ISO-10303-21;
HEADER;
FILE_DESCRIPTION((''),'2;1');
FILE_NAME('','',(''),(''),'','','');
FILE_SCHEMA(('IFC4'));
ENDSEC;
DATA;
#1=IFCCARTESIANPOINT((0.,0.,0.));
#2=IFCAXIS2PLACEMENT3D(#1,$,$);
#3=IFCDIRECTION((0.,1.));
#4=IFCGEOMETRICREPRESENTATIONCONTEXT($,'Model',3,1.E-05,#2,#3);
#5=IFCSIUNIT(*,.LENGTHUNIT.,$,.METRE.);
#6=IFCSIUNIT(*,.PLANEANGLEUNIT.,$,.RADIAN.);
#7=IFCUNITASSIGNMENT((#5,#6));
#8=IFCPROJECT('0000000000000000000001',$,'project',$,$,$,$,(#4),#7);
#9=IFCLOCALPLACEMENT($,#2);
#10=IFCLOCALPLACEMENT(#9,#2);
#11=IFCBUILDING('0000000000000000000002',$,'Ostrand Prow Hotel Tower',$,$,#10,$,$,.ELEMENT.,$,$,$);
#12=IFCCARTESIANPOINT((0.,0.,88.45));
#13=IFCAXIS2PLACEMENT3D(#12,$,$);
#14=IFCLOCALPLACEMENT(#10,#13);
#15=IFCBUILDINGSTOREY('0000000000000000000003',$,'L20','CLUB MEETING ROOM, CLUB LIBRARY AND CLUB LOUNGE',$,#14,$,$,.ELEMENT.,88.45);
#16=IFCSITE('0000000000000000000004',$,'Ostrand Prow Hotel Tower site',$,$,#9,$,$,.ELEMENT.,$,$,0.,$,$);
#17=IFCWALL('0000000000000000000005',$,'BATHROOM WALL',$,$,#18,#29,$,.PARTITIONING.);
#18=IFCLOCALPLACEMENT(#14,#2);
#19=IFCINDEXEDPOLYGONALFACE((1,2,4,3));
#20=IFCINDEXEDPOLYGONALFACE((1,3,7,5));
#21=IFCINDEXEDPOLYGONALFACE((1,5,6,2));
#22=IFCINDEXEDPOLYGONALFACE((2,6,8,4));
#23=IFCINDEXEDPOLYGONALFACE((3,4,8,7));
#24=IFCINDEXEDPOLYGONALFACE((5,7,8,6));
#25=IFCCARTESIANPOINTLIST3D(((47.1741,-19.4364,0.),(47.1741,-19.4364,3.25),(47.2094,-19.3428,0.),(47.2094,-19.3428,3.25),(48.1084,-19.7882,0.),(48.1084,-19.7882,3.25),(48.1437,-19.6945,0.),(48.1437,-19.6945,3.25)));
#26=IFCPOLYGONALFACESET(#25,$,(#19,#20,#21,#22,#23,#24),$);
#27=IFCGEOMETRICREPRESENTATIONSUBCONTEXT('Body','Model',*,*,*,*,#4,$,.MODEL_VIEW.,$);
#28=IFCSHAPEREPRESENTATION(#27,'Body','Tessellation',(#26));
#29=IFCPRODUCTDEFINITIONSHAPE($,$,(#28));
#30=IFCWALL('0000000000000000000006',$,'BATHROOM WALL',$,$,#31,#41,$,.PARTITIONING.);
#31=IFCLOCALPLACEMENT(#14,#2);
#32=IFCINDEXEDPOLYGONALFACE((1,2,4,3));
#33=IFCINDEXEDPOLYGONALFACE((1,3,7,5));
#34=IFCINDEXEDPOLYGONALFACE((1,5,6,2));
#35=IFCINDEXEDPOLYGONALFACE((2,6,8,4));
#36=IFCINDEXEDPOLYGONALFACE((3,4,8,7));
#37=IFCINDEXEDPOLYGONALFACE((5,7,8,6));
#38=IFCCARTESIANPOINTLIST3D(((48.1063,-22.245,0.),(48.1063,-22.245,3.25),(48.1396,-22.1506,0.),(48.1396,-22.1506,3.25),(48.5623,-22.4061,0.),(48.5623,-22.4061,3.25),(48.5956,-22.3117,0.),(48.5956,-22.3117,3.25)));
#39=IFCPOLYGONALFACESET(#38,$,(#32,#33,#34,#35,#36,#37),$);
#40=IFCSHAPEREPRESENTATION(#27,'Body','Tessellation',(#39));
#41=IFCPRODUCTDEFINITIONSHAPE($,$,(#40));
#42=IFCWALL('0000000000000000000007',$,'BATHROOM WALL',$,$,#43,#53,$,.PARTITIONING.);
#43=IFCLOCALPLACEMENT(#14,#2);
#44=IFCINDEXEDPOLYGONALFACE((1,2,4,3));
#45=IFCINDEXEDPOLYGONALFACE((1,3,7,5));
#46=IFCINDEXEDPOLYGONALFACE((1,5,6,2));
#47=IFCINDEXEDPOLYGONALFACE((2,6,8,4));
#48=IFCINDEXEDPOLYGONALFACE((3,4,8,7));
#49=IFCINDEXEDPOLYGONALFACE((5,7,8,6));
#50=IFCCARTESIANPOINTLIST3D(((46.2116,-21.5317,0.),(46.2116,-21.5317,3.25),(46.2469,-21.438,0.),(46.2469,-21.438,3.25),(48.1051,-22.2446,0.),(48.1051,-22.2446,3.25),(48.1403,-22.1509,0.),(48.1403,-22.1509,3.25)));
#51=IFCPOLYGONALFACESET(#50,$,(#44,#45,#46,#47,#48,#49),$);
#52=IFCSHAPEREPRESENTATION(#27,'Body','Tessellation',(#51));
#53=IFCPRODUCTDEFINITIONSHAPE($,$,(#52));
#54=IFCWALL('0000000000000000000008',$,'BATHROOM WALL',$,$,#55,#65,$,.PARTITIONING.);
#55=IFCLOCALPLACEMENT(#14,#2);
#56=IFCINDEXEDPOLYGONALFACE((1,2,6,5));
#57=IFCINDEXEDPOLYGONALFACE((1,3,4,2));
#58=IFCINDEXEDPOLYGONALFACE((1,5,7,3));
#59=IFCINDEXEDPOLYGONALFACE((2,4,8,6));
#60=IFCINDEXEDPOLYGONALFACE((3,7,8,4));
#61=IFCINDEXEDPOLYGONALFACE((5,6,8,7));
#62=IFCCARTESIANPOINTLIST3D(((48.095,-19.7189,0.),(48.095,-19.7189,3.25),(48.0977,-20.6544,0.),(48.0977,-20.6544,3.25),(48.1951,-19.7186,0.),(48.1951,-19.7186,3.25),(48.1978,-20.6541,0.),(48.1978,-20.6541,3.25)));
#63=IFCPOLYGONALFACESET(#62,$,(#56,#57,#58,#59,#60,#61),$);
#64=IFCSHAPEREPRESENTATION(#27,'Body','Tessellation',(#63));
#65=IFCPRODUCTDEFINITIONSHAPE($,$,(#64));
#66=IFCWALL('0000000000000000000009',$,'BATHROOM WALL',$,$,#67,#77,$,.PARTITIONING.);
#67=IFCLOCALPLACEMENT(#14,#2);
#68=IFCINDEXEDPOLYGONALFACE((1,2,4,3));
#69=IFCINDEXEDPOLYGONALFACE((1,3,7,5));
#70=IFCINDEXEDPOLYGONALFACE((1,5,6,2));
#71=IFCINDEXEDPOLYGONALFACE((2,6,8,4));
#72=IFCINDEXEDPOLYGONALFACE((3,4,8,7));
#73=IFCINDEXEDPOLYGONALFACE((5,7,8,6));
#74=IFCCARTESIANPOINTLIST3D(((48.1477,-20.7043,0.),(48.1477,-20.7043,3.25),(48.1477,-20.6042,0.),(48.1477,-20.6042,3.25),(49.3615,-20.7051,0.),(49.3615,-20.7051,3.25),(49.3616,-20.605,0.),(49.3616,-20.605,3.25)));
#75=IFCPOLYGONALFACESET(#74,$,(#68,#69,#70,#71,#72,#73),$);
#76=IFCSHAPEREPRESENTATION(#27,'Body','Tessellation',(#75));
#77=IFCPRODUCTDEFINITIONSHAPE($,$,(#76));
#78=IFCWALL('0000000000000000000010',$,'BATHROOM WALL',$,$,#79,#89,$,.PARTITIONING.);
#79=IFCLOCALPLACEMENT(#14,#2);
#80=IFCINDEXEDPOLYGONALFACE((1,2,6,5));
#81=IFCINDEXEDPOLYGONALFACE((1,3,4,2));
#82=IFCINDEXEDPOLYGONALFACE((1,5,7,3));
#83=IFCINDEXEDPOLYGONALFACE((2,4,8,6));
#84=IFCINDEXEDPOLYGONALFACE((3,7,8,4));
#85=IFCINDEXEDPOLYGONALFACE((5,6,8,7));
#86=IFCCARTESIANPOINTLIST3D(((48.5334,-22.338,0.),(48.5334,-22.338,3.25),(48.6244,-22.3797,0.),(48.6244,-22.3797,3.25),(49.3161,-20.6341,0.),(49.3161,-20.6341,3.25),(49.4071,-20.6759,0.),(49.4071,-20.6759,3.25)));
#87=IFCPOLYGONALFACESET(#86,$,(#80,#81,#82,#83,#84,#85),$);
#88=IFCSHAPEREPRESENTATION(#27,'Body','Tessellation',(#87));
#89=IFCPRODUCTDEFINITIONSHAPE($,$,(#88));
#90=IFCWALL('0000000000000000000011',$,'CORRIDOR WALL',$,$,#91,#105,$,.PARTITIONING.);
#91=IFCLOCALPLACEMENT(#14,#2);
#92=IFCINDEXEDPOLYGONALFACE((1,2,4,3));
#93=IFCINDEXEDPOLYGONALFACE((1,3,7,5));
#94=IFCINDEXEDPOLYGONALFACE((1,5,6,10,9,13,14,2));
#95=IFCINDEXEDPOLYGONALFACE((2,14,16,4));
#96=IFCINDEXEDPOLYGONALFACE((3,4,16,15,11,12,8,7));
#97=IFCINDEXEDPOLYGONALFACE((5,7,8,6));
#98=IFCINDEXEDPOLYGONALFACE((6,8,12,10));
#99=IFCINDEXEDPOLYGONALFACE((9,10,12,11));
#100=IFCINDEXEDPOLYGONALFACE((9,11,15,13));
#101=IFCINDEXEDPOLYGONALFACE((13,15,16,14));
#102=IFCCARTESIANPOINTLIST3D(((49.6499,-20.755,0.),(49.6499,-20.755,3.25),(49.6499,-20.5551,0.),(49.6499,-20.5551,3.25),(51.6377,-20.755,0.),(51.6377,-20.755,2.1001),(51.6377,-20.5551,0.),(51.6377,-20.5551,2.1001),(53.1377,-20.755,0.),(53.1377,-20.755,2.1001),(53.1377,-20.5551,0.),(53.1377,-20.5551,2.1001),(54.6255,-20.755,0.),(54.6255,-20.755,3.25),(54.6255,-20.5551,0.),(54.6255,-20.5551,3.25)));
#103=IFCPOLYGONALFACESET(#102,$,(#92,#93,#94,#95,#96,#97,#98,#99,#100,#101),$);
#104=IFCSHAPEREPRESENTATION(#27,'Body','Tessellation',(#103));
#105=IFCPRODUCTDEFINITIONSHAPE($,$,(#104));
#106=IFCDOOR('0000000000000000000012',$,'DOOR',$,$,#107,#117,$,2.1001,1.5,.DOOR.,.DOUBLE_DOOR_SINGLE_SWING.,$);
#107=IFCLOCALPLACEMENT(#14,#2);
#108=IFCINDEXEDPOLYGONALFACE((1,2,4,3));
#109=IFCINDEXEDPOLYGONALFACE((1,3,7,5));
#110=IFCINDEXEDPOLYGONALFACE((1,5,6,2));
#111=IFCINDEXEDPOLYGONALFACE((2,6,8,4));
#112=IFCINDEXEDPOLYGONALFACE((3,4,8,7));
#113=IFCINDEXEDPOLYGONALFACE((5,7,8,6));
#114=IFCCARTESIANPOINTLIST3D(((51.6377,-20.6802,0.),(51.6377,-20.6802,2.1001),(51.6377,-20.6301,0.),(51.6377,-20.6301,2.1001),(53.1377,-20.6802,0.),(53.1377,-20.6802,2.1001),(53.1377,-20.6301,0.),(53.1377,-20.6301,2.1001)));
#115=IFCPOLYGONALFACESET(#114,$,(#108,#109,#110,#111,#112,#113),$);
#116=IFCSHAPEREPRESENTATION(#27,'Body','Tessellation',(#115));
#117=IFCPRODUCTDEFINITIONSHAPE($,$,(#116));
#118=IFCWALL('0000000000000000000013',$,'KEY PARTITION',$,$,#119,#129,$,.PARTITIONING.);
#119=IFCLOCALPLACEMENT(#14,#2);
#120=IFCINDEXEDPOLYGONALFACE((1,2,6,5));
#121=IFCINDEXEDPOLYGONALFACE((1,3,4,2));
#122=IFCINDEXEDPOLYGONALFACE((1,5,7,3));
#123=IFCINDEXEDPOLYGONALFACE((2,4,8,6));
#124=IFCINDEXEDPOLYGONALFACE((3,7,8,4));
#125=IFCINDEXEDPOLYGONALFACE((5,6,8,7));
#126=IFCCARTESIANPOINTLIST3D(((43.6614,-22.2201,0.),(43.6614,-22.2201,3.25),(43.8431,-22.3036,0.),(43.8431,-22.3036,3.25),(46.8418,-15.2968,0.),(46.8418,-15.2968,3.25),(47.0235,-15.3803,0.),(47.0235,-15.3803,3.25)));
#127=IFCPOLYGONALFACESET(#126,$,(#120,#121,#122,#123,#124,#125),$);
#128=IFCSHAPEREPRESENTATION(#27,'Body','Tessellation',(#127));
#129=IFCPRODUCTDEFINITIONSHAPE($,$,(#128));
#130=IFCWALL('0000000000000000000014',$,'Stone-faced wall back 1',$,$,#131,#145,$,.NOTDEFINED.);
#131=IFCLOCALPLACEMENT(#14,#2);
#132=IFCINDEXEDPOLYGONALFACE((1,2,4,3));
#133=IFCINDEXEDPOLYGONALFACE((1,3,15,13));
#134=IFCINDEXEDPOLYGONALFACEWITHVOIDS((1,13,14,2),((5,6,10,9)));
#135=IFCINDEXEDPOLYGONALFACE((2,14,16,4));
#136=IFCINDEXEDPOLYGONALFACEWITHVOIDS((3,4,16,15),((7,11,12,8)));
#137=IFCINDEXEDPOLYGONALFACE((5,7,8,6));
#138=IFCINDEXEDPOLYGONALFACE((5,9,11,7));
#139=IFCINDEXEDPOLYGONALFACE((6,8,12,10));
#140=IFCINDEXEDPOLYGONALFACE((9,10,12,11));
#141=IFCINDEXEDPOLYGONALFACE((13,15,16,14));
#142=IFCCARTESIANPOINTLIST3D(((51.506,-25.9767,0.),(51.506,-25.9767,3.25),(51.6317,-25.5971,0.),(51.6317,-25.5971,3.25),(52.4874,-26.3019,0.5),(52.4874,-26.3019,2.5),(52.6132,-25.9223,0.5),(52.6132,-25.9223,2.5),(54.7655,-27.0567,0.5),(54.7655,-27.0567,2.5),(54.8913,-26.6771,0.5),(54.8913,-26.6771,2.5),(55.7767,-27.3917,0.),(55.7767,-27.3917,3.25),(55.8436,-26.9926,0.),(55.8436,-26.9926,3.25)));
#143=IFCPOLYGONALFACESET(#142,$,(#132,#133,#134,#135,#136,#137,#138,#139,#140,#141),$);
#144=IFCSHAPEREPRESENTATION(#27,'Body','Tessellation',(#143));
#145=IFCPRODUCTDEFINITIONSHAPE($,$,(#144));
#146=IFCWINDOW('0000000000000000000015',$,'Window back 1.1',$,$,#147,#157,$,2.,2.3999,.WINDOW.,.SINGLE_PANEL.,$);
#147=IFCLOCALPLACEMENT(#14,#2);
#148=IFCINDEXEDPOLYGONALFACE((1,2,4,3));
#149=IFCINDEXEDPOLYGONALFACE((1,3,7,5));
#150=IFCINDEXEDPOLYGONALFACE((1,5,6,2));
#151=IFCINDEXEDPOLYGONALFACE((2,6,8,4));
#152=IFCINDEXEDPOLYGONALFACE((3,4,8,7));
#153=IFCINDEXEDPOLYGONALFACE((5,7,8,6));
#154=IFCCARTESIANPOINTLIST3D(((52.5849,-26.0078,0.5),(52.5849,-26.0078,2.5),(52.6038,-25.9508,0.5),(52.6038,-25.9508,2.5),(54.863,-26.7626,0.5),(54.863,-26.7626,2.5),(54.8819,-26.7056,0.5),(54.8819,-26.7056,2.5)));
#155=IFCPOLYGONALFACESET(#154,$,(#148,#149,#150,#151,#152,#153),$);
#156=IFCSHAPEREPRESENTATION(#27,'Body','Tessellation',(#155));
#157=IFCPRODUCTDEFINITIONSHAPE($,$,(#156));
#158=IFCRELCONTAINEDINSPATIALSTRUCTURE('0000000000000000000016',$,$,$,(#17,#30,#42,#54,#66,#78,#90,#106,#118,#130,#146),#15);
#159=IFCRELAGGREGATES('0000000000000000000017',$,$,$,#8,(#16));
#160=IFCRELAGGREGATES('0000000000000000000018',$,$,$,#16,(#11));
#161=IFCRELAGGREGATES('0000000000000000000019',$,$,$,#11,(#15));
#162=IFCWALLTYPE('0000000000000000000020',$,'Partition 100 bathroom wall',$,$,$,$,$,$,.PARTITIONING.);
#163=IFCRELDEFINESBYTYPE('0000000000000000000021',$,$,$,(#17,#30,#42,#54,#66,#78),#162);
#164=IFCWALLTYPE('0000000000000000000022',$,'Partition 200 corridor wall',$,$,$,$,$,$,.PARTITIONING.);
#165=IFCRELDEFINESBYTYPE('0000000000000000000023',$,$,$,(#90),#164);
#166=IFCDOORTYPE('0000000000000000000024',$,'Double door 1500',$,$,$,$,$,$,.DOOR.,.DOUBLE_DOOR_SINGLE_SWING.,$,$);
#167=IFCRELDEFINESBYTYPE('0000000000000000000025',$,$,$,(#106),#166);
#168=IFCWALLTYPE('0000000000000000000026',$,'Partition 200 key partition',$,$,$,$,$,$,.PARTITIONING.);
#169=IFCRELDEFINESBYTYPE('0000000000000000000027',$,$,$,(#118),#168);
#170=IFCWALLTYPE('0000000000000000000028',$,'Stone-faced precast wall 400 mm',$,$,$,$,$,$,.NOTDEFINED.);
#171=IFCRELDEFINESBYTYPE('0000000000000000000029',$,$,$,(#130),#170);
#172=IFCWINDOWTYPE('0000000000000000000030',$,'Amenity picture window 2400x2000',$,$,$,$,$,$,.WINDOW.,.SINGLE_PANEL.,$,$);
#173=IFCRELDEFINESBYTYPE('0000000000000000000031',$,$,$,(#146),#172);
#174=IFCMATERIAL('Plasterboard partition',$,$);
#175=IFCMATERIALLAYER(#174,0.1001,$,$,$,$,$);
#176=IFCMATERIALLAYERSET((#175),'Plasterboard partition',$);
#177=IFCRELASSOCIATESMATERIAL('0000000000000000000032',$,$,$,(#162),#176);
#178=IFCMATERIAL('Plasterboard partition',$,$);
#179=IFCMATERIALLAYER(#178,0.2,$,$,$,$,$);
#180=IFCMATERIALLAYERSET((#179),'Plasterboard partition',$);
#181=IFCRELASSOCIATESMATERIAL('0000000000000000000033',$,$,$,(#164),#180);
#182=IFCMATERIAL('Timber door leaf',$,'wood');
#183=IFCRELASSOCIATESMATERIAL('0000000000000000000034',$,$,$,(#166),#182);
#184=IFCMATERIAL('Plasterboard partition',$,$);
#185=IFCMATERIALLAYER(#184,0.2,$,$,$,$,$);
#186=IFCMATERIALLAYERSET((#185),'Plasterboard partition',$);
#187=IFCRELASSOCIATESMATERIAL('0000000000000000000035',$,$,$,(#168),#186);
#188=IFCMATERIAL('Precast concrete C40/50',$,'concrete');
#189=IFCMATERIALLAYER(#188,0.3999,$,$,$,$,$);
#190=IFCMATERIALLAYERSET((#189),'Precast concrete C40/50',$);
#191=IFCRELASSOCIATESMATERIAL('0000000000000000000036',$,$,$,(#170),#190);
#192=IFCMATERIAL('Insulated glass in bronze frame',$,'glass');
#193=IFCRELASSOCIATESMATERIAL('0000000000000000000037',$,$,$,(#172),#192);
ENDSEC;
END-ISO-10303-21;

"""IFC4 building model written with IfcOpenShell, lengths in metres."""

from ifc_helpers import new_model, si_unit, direction, frame, frame_2d, origin, place, context, subcontext, project, spatial, polyline, rectangle, outline, extrude, material, layer, layer_set, type_object, element, fill, save


model = new_model("IFC4")

# Units and contexts
model_context = context("Model", 3, precision=1e-05, world=origin(), true_north=direction((0.0, 1.0)))
body_context = subcontext(model_context, "Body", "Model", "MODEL_VIEW")
ifc_project = project(units=[si_unit("LENGTHUNIT", "METRE"), si_unit("PLANEANGLEUNIT", "RADIAN")], contexts=[model_context])

# Site, building, storey
site_placement = place(None, origin())
site = spatial("IfcSite", under=ifc_project, at=site_placement, Name="Ostrand Prow Hotel Tower site", CompositionType="ELEMENT", RefElevation=0.0)
building_placement = place(site_placement, origin())
building = spatial("IfcBuilding", under=site, at=building_placement, Name="Ostrand Prow Hotel Tower", CompositionType="ELEMENT")
storey_placement = place(building_placement, frame((0.0, 0.0, 88.45)))
storey = spatial("IfcBuildingStorey", under=building, at=storey_placement, Name="L20", Description="CLUB MEETING ROOM, CLUB LIBRARY AND CLUB LOUNGE", CompositionType="ELEMENT", Elevation=88.45)

# Shared definitions
ifc_material_1 = material(Name="Plasterboard partition")
ifc_layer_1 = layer(ifc_material_1, 0.1001)
ifc_layer_set_1 = layer_set([ifc_layer_1], Name="Plasterboard partition")
wall_type_1 = type_object("IfcWallType", Name="Partition 100 bathroom wall", PredefinedType="PARTITIONING", material=ifc_layer_set_1)

# Walls
wall_1_placement = place(storey_placement, frame((47.1919, -19.3896, 0.0), z_axis=(0.0, 0.0, 1.0), x_axis=(0.935856, -0.352383, 0.0)))
element("IfcWall", 1, at=wall_1_placement, inside=storey, type_object=wall_type_1, Name="BATHROOM WALL", PredefinedType="PARTITIONING", context=body_context, shape_type="SweptSolid", body=[
    extrude(rectangle(XDim=0.9983, YDim=0.1001, at=frame_2d((0.499, 0.0))), origin(), (0.0, 0.0, 1.0), 3.25),
])
wall_2_placement = place(storey_placement, frame((48.5789, -22.3589, 0.0), z_axis=(0.0, 0.0, 1.0), x_axis=(-0.942878, 0.333137, 0.0)))
element("IfcWall", 2, at=wall_2_placement, inside=storey, type_object=wall_type_1, Name="BATHROOM WALL", PredefinedType="PARTITIONING", context=body_context, shape_type="SweptSolid", body=[
    extrude(rectangle(XDim=0.4836, YDim=0.1001, at=frame_2d((0.2417, 0.0))), origin(), (0.0, 0.0, 1.0), 3.25),
])
wall_3_placement = place(storey_placement, frame((48.1228, -22.1978, 0.0), z_axis=(0.0, 0.0, 1.0), x_axis=(-0.935872, 0.35234, 0.0)))
element("IfcWall", 3, at=wall_3_placement, inside=storey, type_object=wall_type_1, Name="BATHROOM WALL", PredefinedType="PARTITIONING", context=body_context, shape_type="SweptSolid", body=[
    extrude(rectangle(XDim=2.0232, YDim=0.1001, at=frame_2d((1.0117, 0.0))), origin(), (0.0, 0.0, 1.0), 3.25),
])
wall_4_placement = place(storey_placement, frame((48.145, -19.7188, 0.0), z_axis=(0.0, 0.0, 1.0), x_axis=(0.002871, -0.999996, 0.0)))
element("IfcWall", 4, at=wall_4_placement, inside=storey, type_object=wall_type_1, Name="BATHROOM WALL", PredefinedType="PARTITIONING", context=body_context, shape_type="SweptSolid", body=[
    extrude(rectangle(XDim=0.9355, YDim=0.1001, at=frame_2d((0.4678, 0.0))), origin(), (0.0, 0.0, 1.0), 3.25),
])
wall_5_placement = place(storey_placement, frame((48.1477, -20.6543, 0.0), z_axis=(0.0, 0.0, 1.0), x_axis=(1.0, -0.000603, 0.0)))
element("IfcWall", 5, at=wall_5_placement, inside=storey, type_object=wall_type_1, Name="BATHROOM WALL", PredefinedType="PARTITIONING", context=body_context, shape_type="SweptSolid", body=[
    extrude(rectangle(XDim=1.2139, YDim=0.1001, at=frame_2d((0.6069, 0.0))), origin(), (0.0, 0.0, 1.0), 3.25),
])
wall_6_placement = place(storey_placement, frame((49.3616, -20.655, 0.0), z_axis=(0.0, 0.0, 1.0), x_axis=(-0.417439, -0.908705, 0.0)))
element("IfcWall", 6, at=wall_6_placement, inside=storey, type_object=wall_type_1, Name="BATHROOM WALL", PredefinedType="PARTITIONING", context=body_context, shape_type="SweptSolid", body=[
    extrude(rectangle(XDim=1.875, YDim=0.1001, at=frame_2d((0.9375, 0.0))), origin(), (0.0, 0.0, 1.0), 3.25),
])

# Wall, opening, door
ifc_material_2 = material(Name="Plasterboard partition")
ifc_layer_2 = layer(ifc_material_2, 0.2)
ifc_layer_set_2 = layer_set([ifc_layer_2], Name="Plasterboard partition")
wall_type_2 = type_object("IfcWallType", Name="Partition 200 corridor wall", PredefinedType="PARTITIONING", material=ifc_layer_set_2)
wall_7_placement = place(storey_placement, frame((49.6499, -20.655, 0.0), z_axis=(0.0, 0.0, 1.0), x_axis=(1.0, 0.0, 0.0)))
wall_7 = element("IfcWall", 7, at=wall_7_placement, inside=storey, type_object=wall_type_2, Name="CORRIDOR WALL", PredefinedType="PARTITIONING", context=body_context, shape_type="SweptSolid", body=[
    extrude(rectangle(XDim=4.9756, YDim=0.2, at=frame_2d((2.4878, 0.0))), origin(), (0.0, 0.0, 1.0), 3.25),
])
opening_1_placement = place(wall_7_placement, frame((1.9878, 0.0, 0.0)))
opening_1 = element("IfcOpeningElement", 8, at=opening_1_placement, cuts=wall_7, PredefinedType="OPENING", context=body_context, shape_type="SweptSolid", body=[
    extrude(rectangle(XDim=1.5, YDim=2.1001, at=frame_2d((0.75, 1.05))), frame((0.0, 0.1099, 0.0), z_axis=(0.0, -1.0, 0.0), x_axis=(1.0, 0.0, 0.0)), (0.0, 0.0, 1.0), 0.22),
])
ifc_material_3 = material(Name="Timber door leaf", Category="wood")
door_type_1 = type_object("IfcDoorType", Name="Double door 1500", OperationType="DOUBLE_DOOR_SINGLE_SWING", PredefinedType="DOOR", material=ifc_material_3)
door_1_placement = place(opening_1_placement, origin())
door_1 = element("IfcDoor", 9, at=door_1_placement, inside=storey, type_object=door_type_1, Name="DOOR", OperationType="DOUBLE_DOOR_SINGLE_SWING", OverallHeight=2.1001, OverallWidth=1.5, PredefinedType="DOOR", context=body_context, shape_type="SweptSolid", body=[
    extrude(rectangle(XDim=1.5, YDim=2.1001, at=frame_2d((0.75, 1.05))), frame((0.0, 0.0249, 0.0), z_axis=(0.0, -1.0, 0.0), x_axis=(1.0, 0.0, 0.0)), (0.0, 0.0, 1.0), 0.05),
])
fill(opening_1, door_1)

# Wall
ifc_material_4 = material(Name="Plasterboard partition")
ifc_layer_3 = layer(ifc_material_4, 0.2)
ifc_layer_set_3 = layer_set([ifc_layer_3], Name="Plasterboard partition")
wall_type_3 = type_object("IfcWallType", Name="Partition 200 key partition", PredefinedType="PARTITIONING", material=ifc_layer_set_3)
wall_8_placement = place(storey_placement, frame((43.7522, -22.262, 0.0), z_axis=(0.0, 0.0, 1.0), x_axis=(0.417438, 0.908705, 0.0)))
element("IfcWall", 10, at=wall_8_placement, inside=storey, type_object=wall_type_3, Name="KEY PARTITION", PredefinedType="PARTITIONING", context=body_context, shape_type="SweptSolid", body=[
    extrude(rectangle(XDim=7.6189, YDim=0.2, at=frame_2d((3.8096, 0.0))), origin(), (0.0, 0.0, 1.0), 3.25),
])

# Wall, opening, window
ifc_material_5 = material(Name="Precast concrete C40/50", Category="concrete")
ifc_layer_4 = layer(ifc_material_5, 0.3999)
ifc_layer_set_4 = layer_set([ifc_layer_4], Name="Precast concrete C40/50")
wall_type_4 = type_object("IfcWallType", Name="Stone-faced precast wall 400 mm", PredefinedType="NOTDEFINED", material=ifc_layer_set_4)
wall_9_placement = place(storey_placement, frame((51.5688, -25.7869, 0.0), z_axis=(0.0, 0.0, 1.0), x_axis=(0.94925, -0.314522, 0.0)))
wall_9 = element("IfcWall", 11, at=wall_9_placement, inside=storey, type_object=wall_type_4, Name="Stone-faced wall back 1", PredefinedType="NOTDEFINED", context=body_context, shape_type="SweptSolid", body=[
    extrude(outline(polyline([(0.0, -0.2), (4.499, -0.2), (4.437, 0.2), (0.0, 0.2), (0.0, -0.2)])), origin(), (0.0, 0.0, 1.0), 3.25),
])
opening_2_placement = place(wall_9_placement, frame((1.0339, 0.0, 0.5)))
opening_2 = element("IfcOpeningElement", 12, at=opening_2_placement, cuts=wall_9, PredefinedType="OPENING", context=body_context, shape_type="SweptSolid", body=[
    extrude(rectangle(XDim=2.3999, YDim=2.0, at=frame_2d((1.2, 1.0))), frame((0.0, 0.21, 0.0), z_axis=(0.0, -1.0, 0.0), x_axis=(1.0, 0.0, 0.0)), (0.0, 0.0, 1.0), 0.4199),
])
ifc_material_6 = material(Name="Insulated glass in bronze frame", Category="glass")
window_type = type_object("IfcWindowType", Name="Amenity picture window 2400x2000", PartitioningType="SINGLE_PANEL", PredefinedType="WINDOW", material=ifc_material_6)
window_placement = place(opening_2_placement, origin())
window = element("IfcWindow", 13, at=window_placement, inside=storey, type_object=window_type, Name="Window back 1.1", OverallHeight=2.0, OverallWidth=2.3999, PartitioningType="SINGLE_PANEL", PredefinedType="WINDOW", context=body_context, shape_type="SweptSolid", body=[
    extrude(rectangle(XDim=2.3999, YDim=2.0, at=frame_2d((1.2, 1.0))), frame((0.0, 0.1699, 0.0), z_axis=(0.0, -1.0, 0.0), x_axis=(1.0, 0.0, 0.0)), (0.0, 0.0, 1.0), 0.0601),
])
fill(opening_2, window)

save(model, "model.ifc")
